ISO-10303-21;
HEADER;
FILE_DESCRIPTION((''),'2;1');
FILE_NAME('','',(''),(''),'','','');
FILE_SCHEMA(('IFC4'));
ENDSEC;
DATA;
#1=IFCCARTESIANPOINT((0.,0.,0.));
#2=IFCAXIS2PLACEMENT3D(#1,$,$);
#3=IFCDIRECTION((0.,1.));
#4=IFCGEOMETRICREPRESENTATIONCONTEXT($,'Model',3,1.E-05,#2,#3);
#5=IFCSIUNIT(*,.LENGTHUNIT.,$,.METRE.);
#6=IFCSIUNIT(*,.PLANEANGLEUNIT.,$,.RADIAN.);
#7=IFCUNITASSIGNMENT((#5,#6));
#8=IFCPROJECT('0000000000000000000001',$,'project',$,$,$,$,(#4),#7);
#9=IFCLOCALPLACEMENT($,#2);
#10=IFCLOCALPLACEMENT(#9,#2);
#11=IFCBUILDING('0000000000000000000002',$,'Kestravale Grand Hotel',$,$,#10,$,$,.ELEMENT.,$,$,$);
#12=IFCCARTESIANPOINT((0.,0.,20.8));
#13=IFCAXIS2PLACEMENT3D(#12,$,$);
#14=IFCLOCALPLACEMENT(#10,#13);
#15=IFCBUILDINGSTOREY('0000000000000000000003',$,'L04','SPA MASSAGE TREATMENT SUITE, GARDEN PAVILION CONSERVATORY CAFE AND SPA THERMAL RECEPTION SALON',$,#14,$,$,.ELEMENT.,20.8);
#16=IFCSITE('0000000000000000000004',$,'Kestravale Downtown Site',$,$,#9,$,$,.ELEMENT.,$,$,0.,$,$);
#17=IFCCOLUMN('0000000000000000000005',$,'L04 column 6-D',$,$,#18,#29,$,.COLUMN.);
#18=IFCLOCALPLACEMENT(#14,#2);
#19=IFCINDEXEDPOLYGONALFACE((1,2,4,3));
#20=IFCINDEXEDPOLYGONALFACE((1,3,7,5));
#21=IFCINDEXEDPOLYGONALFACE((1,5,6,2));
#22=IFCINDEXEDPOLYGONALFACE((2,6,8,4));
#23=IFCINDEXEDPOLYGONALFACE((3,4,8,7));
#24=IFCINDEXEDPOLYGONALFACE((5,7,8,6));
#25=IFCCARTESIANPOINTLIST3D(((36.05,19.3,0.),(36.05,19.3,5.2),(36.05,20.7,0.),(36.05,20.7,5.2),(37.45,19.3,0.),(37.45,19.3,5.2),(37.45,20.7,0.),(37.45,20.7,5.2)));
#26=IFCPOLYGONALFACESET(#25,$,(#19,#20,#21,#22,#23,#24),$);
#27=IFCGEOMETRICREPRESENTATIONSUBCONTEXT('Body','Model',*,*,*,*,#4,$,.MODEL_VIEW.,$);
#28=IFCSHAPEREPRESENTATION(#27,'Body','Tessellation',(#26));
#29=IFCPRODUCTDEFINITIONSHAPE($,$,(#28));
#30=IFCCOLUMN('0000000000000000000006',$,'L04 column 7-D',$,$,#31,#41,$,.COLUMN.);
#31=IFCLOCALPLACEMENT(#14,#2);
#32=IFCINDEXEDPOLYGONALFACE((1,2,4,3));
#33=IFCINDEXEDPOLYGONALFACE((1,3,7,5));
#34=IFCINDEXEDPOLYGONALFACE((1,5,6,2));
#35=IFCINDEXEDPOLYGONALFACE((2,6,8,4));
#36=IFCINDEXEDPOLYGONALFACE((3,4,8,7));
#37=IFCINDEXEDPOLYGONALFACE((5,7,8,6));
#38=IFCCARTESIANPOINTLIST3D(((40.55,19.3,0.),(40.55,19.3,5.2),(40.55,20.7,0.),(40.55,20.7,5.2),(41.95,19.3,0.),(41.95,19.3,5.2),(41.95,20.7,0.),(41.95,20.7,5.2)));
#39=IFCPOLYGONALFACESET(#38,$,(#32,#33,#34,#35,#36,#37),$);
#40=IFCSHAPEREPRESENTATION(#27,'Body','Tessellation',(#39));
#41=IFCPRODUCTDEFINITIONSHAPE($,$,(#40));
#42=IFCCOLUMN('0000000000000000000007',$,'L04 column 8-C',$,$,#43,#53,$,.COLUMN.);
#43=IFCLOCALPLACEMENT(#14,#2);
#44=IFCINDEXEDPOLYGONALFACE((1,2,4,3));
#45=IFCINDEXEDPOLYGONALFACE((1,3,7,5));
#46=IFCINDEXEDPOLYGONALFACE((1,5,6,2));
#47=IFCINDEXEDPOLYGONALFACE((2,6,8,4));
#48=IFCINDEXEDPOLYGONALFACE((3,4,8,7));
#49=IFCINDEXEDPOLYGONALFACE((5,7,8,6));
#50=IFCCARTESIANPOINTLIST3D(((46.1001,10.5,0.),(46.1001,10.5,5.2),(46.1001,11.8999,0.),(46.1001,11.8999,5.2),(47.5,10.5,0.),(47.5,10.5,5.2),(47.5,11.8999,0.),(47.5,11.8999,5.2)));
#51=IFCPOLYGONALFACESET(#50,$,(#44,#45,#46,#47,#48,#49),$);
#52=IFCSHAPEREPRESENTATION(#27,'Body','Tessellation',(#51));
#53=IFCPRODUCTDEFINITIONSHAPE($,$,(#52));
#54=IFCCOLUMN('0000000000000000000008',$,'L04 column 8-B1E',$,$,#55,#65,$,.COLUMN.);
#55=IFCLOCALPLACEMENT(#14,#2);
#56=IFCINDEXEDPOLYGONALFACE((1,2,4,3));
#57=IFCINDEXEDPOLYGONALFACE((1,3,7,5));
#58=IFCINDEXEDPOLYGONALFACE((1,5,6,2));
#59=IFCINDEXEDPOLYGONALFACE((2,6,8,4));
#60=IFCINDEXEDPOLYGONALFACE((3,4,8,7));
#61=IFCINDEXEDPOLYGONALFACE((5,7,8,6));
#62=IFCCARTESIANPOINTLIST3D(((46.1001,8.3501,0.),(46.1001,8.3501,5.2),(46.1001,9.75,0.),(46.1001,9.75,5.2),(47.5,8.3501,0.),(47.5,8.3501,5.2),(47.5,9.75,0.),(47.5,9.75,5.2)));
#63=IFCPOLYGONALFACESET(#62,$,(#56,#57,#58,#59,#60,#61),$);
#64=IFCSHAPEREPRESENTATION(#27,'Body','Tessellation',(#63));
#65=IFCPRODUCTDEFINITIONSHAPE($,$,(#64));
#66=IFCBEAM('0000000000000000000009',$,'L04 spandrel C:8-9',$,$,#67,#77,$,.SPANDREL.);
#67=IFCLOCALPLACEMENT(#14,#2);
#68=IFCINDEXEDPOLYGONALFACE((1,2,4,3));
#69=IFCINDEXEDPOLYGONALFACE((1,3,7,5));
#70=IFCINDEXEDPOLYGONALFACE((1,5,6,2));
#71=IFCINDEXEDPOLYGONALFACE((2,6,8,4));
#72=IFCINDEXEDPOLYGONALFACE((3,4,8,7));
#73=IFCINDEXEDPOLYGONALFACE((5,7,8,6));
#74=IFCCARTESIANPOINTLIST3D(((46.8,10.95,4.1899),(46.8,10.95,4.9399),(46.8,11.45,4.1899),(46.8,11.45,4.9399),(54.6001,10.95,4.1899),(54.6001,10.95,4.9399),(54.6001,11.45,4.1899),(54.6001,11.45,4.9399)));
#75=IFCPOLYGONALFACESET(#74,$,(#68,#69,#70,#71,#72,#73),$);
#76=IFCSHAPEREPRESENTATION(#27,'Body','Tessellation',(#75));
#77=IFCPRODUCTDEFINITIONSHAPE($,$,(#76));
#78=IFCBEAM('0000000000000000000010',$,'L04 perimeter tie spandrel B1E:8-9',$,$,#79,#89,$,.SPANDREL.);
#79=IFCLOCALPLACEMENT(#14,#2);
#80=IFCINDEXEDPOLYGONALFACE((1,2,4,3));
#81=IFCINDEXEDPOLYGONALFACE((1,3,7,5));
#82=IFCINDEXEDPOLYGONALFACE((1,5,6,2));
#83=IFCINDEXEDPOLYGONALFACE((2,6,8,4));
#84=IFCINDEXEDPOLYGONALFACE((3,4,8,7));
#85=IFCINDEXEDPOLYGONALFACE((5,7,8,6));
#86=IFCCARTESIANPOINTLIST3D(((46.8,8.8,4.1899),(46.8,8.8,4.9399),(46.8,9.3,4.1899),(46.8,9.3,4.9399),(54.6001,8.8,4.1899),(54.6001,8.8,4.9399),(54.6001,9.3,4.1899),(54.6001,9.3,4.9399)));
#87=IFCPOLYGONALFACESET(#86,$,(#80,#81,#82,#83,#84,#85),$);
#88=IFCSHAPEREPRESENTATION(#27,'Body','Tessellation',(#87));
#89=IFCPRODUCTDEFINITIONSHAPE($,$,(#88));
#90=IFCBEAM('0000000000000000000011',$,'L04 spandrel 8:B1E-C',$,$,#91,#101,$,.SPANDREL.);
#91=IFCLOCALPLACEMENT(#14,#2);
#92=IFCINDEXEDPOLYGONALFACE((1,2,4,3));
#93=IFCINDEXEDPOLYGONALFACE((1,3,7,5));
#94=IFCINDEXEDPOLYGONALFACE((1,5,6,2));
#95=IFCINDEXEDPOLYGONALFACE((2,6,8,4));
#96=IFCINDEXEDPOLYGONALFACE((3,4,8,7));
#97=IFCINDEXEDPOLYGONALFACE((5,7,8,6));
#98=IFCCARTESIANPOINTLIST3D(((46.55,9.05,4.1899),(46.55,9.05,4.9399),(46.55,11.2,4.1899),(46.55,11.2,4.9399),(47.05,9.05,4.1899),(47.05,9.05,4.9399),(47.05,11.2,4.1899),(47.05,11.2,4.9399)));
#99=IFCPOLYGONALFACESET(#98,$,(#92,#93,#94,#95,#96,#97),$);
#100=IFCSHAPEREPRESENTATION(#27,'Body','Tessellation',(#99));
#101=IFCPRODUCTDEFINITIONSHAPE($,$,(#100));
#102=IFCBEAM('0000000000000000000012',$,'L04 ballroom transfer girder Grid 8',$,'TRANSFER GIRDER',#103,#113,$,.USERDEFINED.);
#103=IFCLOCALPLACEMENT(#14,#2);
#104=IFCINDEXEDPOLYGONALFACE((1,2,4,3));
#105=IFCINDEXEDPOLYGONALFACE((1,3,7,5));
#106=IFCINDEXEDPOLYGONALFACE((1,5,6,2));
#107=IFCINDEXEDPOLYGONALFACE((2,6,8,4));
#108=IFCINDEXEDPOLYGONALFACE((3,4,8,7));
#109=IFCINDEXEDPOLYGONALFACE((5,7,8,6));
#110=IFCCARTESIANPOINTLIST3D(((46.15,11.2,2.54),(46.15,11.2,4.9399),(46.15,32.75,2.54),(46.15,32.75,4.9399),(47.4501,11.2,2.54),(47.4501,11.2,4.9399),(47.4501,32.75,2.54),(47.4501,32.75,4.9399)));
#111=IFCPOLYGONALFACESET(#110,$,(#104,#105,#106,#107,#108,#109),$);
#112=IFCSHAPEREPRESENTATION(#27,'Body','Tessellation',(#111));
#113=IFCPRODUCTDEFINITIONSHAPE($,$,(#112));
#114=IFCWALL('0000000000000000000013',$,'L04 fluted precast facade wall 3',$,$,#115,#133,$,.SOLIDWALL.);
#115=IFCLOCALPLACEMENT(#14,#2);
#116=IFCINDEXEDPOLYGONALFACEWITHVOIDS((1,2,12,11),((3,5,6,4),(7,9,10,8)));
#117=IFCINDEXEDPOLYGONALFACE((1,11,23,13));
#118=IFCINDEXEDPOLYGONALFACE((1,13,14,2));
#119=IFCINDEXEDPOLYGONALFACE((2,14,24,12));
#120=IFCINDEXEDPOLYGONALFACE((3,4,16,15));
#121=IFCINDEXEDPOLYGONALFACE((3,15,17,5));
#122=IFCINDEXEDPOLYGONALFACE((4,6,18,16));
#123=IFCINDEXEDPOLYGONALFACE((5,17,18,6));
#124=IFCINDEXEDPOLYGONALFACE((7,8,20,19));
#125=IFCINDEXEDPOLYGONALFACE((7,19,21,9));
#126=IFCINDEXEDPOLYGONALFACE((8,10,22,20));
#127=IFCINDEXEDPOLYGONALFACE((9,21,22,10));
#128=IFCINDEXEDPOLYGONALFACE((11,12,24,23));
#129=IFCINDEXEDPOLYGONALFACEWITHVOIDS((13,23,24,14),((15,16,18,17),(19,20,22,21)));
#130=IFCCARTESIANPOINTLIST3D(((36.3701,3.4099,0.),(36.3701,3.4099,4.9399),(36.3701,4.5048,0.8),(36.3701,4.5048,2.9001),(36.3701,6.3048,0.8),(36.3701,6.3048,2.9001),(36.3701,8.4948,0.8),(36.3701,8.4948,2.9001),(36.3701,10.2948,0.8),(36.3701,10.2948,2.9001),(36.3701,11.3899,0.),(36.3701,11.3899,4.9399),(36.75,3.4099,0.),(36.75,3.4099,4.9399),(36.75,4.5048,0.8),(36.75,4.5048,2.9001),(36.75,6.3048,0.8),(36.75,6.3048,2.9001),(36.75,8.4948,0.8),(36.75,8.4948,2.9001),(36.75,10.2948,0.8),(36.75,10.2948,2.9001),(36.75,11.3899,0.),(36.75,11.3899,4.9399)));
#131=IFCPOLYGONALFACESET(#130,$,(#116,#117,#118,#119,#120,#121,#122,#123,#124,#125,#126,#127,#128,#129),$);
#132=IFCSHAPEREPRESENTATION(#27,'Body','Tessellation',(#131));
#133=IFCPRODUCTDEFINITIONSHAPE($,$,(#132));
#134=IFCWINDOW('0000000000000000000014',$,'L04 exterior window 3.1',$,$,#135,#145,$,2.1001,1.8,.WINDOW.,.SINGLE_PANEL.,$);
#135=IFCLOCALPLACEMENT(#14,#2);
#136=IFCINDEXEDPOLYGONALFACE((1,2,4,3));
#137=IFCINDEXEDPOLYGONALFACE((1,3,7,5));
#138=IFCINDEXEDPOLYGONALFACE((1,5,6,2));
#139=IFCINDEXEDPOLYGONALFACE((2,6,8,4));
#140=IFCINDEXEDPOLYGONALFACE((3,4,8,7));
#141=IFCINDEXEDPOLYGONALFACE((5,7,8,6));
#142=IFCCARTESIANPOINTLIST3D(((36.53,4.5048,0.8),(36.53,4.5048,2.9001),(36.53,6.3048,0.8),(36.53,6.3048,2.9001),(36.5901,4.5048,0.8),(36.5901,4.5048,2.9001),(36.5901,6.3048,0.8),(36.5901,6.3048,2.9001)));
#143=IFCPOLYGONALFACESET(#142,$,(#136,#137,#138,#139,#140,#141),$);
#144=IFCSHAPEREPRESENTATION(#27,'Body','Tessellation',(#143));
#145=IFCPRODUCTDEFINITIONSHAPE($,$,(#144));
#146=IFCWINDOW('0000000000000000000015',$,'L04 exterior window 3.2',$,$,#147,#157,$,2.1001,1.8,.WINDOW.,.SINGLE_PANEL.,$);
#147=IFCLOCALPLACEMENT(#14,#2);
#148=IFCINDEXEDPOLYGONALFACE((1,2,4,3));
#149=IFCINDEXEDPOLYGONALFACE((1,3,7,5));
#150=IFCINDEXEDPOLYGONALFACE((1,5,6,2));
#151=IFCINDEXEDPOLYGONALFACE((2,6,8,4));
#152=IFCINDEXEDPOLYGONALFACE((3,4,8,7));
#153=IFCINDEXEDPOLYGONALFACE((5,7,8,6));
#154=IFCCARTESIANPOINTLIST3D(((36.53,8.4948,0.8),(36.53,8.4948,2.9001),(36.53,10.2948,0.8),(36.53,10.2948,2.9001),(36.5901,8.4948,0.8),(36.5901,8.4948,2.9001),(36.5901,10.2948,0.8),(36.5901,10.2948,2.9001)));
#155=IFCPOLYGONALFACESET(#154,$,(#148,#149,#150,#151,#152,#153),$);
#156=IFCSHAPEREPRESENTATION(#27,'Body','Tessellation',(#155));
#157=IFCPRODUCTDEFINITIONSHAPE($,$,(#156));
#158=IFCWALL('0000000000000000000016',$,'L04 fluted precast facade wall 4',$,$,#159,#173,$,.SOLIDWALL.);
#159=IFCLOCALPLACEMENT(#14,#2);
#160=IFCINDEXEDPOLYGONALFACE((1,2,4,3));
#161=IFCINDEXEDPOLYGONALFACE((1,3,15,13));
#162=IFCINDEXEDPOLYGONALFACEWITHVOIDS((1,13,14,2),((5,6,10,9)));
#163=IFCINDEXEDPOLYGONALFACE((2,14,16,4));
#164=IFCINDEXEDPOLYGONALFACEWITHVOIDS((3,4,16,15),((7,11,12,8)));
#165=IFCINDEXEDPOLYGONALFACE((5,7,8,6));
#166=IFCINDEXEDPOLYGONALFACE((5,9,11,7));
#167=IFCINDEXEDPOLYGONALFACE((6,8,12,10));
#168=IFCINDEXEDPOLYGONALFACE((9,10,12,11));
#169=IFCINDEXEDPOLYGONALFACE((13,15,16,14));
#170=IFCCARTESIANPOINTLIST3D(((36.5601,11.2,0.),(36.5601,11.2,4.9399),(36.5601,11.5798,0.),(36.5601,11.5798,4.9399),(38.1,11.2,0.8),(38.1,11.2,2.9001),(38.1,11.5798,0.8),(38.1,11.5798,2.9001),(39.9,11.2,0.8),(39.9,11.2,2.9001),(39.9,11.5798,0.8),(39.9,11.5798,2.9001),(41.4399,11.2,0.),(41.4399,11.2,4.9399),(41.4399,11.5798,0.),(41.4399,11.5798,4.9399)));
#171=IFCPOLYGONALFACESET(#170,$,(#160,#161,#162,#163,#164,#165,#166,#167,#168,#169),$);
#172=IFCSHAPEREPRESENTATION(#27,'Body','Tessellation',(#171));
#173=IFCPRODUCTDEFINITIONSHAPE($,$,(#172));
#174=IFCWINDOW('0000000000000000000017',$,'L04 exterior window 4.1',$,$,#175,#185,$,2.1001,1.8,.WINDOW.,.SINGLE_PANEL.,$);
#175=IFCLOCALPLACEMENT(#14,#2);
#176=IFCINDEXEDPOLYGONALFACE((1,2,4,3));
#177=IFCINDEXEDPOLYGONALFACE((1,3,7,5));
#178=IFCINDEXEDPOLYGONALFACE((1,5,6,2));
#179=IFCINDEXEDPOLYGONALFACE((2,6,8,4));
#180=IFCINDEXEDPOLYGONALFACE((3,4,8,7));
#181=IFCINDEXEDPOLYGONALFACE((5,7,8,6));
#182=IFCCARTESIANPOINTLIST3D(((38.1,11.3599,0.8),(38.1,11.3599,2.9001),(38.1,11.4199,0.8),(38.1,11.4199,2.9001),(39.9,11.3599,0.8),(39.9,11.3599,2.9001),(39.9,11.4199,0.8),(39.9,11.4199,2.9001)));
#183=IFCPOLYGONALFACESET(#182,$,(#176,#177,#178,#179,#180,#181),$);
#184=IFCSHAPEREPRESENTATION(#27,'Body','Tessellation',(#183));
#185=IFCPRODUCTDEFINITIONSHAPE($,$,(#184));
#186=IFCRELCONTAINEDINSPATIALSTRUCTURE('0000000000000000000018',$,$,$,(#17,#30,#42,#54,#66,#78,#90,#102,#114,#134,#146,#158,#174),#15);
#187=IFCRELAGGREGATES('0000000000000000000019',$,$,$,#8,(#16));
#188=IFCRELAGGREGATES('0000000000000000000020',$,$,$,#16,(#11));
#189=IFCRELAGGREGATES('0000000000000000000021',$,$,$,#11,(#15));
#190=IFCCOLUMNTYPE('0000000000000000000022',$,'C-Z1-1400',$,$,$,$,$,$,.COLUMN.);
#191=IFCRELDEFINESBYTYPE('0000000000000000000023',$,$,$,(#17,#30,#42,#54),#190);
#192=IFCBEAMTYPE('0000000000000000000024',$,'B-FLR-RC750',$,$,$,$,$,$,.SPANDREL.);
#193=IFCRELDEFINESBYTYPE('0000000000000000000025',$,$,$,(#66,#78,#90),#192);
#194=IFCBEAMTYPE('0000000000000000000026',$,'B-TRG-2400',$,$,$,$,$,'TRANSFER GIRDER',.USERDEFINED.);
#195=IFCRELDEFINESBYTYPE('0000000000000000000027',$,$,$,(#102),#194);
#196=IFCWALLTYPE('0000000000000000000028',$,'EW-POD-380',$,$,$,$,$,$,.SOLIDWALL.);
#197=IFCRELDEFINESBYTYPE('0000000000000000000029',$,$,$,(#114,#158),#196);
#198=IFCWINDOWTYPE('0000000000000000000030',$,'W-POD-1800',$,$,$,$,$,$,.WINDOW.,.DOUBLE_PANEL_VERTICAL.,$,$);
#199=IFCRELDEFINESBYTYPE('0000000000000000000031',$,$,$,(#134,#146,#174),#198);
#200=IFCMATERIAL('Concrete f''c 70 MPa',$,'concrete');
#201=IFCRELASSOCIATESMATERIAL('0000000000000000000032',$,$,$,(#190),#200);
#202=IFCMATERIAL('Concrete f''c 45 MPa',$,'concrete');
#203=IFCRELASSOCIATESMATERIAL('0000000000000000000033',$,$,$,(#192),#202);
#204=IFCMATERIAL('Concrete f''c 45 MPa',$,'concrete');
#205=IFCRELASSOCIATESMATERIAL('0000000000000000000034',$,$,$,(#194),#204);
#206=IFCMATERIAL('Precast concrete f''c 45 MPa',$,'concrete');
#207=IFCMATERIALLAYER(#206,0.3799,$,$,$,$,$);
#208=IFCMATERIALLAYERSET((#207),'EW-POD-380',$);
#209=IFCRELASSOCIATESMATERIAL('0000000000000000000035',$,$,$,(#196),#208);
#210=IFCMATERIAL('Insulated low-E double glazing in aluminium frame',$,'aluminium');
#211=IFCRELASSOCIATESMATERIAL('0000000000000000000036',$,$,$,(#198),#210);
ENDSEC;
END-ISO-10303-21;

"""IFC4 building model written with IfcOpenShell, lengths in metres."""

from ifc_helpers import new_model, si_unit, direction, frame, frame_2d, origin, origin_2d, place, context, subcontext, project, spatial, rectangle, extrude, material, layer, layer_set, material_profile, profile_set, type_object, element, fill, save


model = new_model("IFC4")

# Units and contexts
model_context = context("Model", 3, precision=1e-05, world=origin(), true_north=direction((0.0, 1.0)))
body_context = subcontext(model_context, "Body", "Model", "MODEL_VIEW")
ifc_project = project(units=[si_unit("LENGTHUNIT", "METRE"), si_unit("PLANEANGLEUNIT", "RADIAN")], contexts=[model_context])

# Site, building, storey
site_placement = place(None, origin())
site = spatial("IfcSite", under=ifc_project, at=site_placement, Name="Kestravale Downtown Site", CompositionType="ELEMENT", RefElevation=0.0)
building_placement = place(site_placement, origin())
building = spatial("IfcBuilding", under=site, at=building_placement, Name="Kestravale Grand Hotel", CompositionType="ELEMENT")
storey_placement = place(building_placement, frame((0.0, 0.0, 20.8)))
storey = spatial("IfcBuildingStorey", under=building, at=storey_placement, Name="L04", Description="SPA MASSAGE TREATMENT SUITE, GARDEN PAVILION CONSERVATORY CAFE AND SPA THERMAL RECEPTION SALON", CompositionType="ELEMENT", Elevation=20.8)

# Columns
ifc_material_1 = material(Name="Concrete f'c 70 MPa", Category="concrete")
ifc_material_profile_1 = material_profile(ifc_material_1, rectangle(XDim=1.3999, YDim=1.3999, at=origin_2d()))
ifc_profile_set_1 = profile_set([ifc_material_profile_1], Name="Concrete f'c 70 MPa")
column_type = type_object("IfcColumnType", Name="C-Z1-1400", PredefinedType="COLUMN", material=ifc_profile_set_1)
for number, where, z_axis, x_axis, name in (
    (1, (36.75, 20.0, 0.0), (0.0, 0.0, 1.0), (1.0, 0.0, 0.0), "L04 column 6-D"),
    (2, (41.25, 20.0, 0.0), (0.0, 0.0, 1.0), (1.0, 0.0, 0.0), "L04 column 7-D"),
    (3, (46.8, 11.2, 0.0), (0.0, 0.0, 1.0), (1.0, 0.0, 0.0), "L04 column 8-C"),
    (4, (46.8, 9.05, 0.0), (0.0, 0.0, 1.0), (1.0, 0.0, 0.0), "L04 column 8-B1E"),
):
    element("IfcColumn", number, at=place(storey_placement, frame(where, z_axis=z_axis, x_axis=x_axis)), inside=storey, type_object=column_type, Name=name, PredefinedType="COLUMN", context=body_context, shape_type="SweptSolid", body=[
        extrude(rectangle(XDim=1.3999, YDim=1.3999, at=origin_2d()), origin(), (0.0, 0.0, 1.0), 5.2),
    ])

# Beams
ifc_material_2 = material(Name="Concrete f'c 45 MPa", Category="concrete")
ifc_material_profile_2 = material_profile(ifc_material_2, rectangle(XDim=0.5, YDim=0.75, at=origin_2d()))
ifc_profile_set_2 = profile_set([ifc_material_profile_2], Name="Concrete f'c 45 MPa")
beam_type_1 = type_object("IfcBeamType", Name="B-FLR-RC750", PredefinedType="SPANDREL", material=ifc_profile_set_2)
for number, where, z_axis, x_axis, name in (
    (5, (46.8, 11.2, 4.5649), (1.0, 0.0, 0.0), (0.0, 1.0, 0.0), "L04 spandrel C:8-9"),
    (6, (46.8, 9.05, 4.5649), (1.0, 0.0, 0.0), (0.0, 1.0, 0.0), "L04 perimeter tie spandrel B1E:8-9"),
):
    element("IfcBeam", number, at=place(storey_placement, frame(where, z_axis=z_axis, x_axis=x_axis)), inside=storey, type_object=beam_type_1, Name=name, PredefinedType="SPANDREL", context=body_context, shape_type="SweptSolid", body=[
        extrude(rectangle(XDim=0.5, YDim=0.75, at=origin_2d()), origin(), (0.0, 0.0, 1.0), 7.8),
    ])
beam_1_placement = place(storey_placement, frame((46.8, 9.05, 4.5649), z_axis=(0.0, 1.0, 0.0), x_axis=(-1.0, 0.0, 0.0)))
element("IfcBeam", 7, at=beam_1_placement, inside=storey, type_object=beam_type_1, Name="L04 spandrel 8:B1E-C", PredefinedType="SPANDREL", context=body_context, shape_type="SweptSolid", body=[
    extrude(rectangle(XDim=0.5, YDim=0.75, at=origin_2d()), origin(), (0.0, 0.0, 1.0), 2.1499),
])
ifc_material_3 = material(Name="Concrete f'c 45 MPa", Category="concrete")
ifc_material_profile_3 = material_profile(ifc_material_3, rectangle(XDim=1.3, YDim=2.3999, at=origin_2d()))
ifc_profile_set_3 = profile_set([ifc_material_profile_3], Name="Concrete f'c 45 MPa")
beam_type_2 = type_object("IfcBeamType", Name="B-TRG-2400", ElementType="TRANSFER GIRDER", PredefinedType="USERDEFINED", material=ifc_profile_set_3)
beam_2_placement = place(storey_placement, frame((46.8, 11.2, 3.74), z_axis=(0.0, 1.0, 0.0), x_axis=(-1.0, 0.0, 0.0)))
element("IfcBeam", 8, at=beam_2_placement, inside=storey, type_object=beam_type_2, Name="L04 ballroom transfer girder Grid 8", ObjectType="TRANSFER GIRDER", PredefinedType="USERDEFINED", context=body_context, shape_type="SweptSolid", body=[
    extrude(rectangle(XDim=1.3, YDim=2.3999, at=origin_2d()), origin(), (0.0, 0.0, 1.0), 21.55),
])

# Wall, openings, windows
ifc_material_4 = material(Name="Precast concrete f'c 45 MPa", Category="concrete")
ifc_layer_1 = layer(ifc_material_4, 0.3799)
ifc_layer_set_1 = layer_set([ifc_layer_1], Name="EW-POD-380")
wall_type_1 = type_object("IfcWallType", Name="EW-POD-380", PredefinedType="SOLIDWALL", material=ifc_layer_set_1)
wall_1_placement = place(storey_placement, frame((36.5601, 3.4099, 0.0), z_axis=(0.0, 0.0, 1.0), x_axis=(0.0, 1.0, 0.0)))
wall_1 = element("IfcWall", 9, at=wall_1_placement, inside=storey, type_object=wall_type_1, Name="L04 fluted precast facade wall 3", PredefinedType="SOLIDWALL", context=body_context, shape_type="SweptSolid", body=[
    extrude(rectangle(XDim=7.98, YDim=0.3799, at=frame_2d((3.99, 0.0))), origin(), (0.0, 0.0, 1.0), 4.9399),
])
opening_1_placement = place(wall_1_placement, frame((1.095, 0.0, 0.8)))
opening_1 = element("IfcOpeningElement", 10, at=opening_1_placement, cuts=wall_1, PredefinedType="OPENING", context=body_context, shape_type="SweptSolid", body=[
    extrude(rectangle(XDim=1.8, YDim=2.1001, at=frame_2d((0.8999, 1.05))), frame((0.0, 0.2, 0.0), z_axis=(0.0, -1.0, 0.0), x_axis=(1.0, 0.0, 0.0)), (0.0, 0.0, 1.0), 0.3999),
])
opening_2_placement = place(wall_1_placement, frame((5.085, 0.0, 0.8)))
opening_2 = element("IfcOpeningElement", 11, at=opening_2_placement, cuts=wall_1, PredefinedType="OPENING", context=body_context, shape_type="SweptSolid", body=[
    extrude(rectangle(XDim=1.8, YDim=2.1001, at=frame_2d((0.8999, 1.05))), frame((0.0, 0.2, 0.0), z_axis=(0.0, -1.0, 0.0), x_axis=(1.0, 0.0, 0.0)), (0.0, 0.0, 1.0), 0.3999),
])
ifc_material_5 = material(Name="Insulated low-E double glazing in aluminium frame", Category="aluminium")
window_type_1 = type_object("IfcWindowType", Name="W-POD-1800", PartitioningType="DOUBLE_PANEL_VERTICAL", PredefinedType="WINDOW", material=ifc_material_5)
window_1_placement = place(opening_1_placement, origin())
window_1 = element("IfcWindow", 12, at=window_1_placement, inside=storey, type_object=window_type_1, Name="L04 exterior window 3.1", OverallHeight=2.1001, OverallWidth=1.8, PartitioningType="SINGLE_PANEL", PredefinedType="WINDOW", context=body_context, shape_type="SweptSolid", body=[
    extrude(rectangle(XDim=1.8, YDim=2.1001, at=frame_2d((0.8999, 1.05))), frame((0.0, 0.03, 0.0), z_axis=(0.0, -1.0, 0.0), x_axis=(1.0, 0.0, 0.0)), (0.0, 0.0, 1.0), 0.0601),
])
fill(opening_1, window_1)
window_2_placement = place(opening_2_placement, origin())
window_2 = element("IfcWindow", 13, at=window_2_placement, inside=storey, type_object=window_type_1, Name="L04 exterior window 3.2", OverallHeight=2.1001, OverallWidth=1.8, PartitioningType="SINGLE_PANEL", PredefinedType="WINDOW", context=body_context, shape_type="SweptSolid", body=[
    extrude(rectangle(XDim=1.8, YDim=2.1001, at=frame_2d((0.8999, 1.05))), frame((0.0, 0.03, 0.0), z_axis=(0.0, -1.0, 0.0), x_axis=(1.0, 0.0, 0.0)), (0.0, 0.0, 1.0), 0.0601),
])
fill(opening_2, window_2)

# Wall, opening, window
wall_2_placement = place(storey_placement, frame((36.5601, 11.3899, 0.0), z_axis=(0.0, 0.0, 1.0), x_axis=(1.0, 0.0, 0.0)))
wall_2 = element("IfcWall", 14, at=wall_2_placement, inside=storey, type_object=wall_type_1, Name="L04 fluted precast facade wall 4", PredefinedType="SOLIDWALL", context=body_context, shape_type="SweptSolid", body=[
    extrude(rectangle(XDim=4.8799, YDim=0.3799, at=frame_2d((2.4399, 0.0))), origin(), (0.0, 0.0, 1.0), 4.9399),
])
opening_3_placement = place(wall_2_placement, frame((1.54, 0.0, 0.8)))
opening_3 = element("IfcOpeningElement", 15, at=opening_3_placement, cuts=wall_2, PredefinedType="OPENING", context=body_context, shape_type="SweptSolid", body=[
    extrude(rectangle(XDim=1.8, YDim=2.1001, at=frame_2d((0.8999, 1.05))), frame((0.0, 0.2, 0.0), z_axis=(0.0, -1.0, 0.0), x_axis=(1.0, 0.0, 0.0)), (0.0, 0.0, 1.0), 0.3999),
])
window_3_placement = place(opening_3_placement, origin())
window_3 = element("IfcWindow", 16, at=window_3_placement, inside=storey, type_object=window_type_1, Name="L04 exterior window 4.1", OverallHeight=2.1001, OverallWidth=1.8, PartitioningType="SINGLE_PANEL", PredefinedType="WINDOW", context=body_context, shape_type="SweptSolid", body=[
    extrude(rectangle(XDim=1.8, YDim=2.1001, at=frame_2d((0.8999, 1.05))), frame((0.0, 0.03, 0.0), z_axis=(0.0, -1.0, 0.0), x_axis=(1.0, 0.0, 0.0)), (0.0, 0.0, 1.0), 0.0601),
])
fill(opening_3, window_3)

save(model, "model.ifc")
